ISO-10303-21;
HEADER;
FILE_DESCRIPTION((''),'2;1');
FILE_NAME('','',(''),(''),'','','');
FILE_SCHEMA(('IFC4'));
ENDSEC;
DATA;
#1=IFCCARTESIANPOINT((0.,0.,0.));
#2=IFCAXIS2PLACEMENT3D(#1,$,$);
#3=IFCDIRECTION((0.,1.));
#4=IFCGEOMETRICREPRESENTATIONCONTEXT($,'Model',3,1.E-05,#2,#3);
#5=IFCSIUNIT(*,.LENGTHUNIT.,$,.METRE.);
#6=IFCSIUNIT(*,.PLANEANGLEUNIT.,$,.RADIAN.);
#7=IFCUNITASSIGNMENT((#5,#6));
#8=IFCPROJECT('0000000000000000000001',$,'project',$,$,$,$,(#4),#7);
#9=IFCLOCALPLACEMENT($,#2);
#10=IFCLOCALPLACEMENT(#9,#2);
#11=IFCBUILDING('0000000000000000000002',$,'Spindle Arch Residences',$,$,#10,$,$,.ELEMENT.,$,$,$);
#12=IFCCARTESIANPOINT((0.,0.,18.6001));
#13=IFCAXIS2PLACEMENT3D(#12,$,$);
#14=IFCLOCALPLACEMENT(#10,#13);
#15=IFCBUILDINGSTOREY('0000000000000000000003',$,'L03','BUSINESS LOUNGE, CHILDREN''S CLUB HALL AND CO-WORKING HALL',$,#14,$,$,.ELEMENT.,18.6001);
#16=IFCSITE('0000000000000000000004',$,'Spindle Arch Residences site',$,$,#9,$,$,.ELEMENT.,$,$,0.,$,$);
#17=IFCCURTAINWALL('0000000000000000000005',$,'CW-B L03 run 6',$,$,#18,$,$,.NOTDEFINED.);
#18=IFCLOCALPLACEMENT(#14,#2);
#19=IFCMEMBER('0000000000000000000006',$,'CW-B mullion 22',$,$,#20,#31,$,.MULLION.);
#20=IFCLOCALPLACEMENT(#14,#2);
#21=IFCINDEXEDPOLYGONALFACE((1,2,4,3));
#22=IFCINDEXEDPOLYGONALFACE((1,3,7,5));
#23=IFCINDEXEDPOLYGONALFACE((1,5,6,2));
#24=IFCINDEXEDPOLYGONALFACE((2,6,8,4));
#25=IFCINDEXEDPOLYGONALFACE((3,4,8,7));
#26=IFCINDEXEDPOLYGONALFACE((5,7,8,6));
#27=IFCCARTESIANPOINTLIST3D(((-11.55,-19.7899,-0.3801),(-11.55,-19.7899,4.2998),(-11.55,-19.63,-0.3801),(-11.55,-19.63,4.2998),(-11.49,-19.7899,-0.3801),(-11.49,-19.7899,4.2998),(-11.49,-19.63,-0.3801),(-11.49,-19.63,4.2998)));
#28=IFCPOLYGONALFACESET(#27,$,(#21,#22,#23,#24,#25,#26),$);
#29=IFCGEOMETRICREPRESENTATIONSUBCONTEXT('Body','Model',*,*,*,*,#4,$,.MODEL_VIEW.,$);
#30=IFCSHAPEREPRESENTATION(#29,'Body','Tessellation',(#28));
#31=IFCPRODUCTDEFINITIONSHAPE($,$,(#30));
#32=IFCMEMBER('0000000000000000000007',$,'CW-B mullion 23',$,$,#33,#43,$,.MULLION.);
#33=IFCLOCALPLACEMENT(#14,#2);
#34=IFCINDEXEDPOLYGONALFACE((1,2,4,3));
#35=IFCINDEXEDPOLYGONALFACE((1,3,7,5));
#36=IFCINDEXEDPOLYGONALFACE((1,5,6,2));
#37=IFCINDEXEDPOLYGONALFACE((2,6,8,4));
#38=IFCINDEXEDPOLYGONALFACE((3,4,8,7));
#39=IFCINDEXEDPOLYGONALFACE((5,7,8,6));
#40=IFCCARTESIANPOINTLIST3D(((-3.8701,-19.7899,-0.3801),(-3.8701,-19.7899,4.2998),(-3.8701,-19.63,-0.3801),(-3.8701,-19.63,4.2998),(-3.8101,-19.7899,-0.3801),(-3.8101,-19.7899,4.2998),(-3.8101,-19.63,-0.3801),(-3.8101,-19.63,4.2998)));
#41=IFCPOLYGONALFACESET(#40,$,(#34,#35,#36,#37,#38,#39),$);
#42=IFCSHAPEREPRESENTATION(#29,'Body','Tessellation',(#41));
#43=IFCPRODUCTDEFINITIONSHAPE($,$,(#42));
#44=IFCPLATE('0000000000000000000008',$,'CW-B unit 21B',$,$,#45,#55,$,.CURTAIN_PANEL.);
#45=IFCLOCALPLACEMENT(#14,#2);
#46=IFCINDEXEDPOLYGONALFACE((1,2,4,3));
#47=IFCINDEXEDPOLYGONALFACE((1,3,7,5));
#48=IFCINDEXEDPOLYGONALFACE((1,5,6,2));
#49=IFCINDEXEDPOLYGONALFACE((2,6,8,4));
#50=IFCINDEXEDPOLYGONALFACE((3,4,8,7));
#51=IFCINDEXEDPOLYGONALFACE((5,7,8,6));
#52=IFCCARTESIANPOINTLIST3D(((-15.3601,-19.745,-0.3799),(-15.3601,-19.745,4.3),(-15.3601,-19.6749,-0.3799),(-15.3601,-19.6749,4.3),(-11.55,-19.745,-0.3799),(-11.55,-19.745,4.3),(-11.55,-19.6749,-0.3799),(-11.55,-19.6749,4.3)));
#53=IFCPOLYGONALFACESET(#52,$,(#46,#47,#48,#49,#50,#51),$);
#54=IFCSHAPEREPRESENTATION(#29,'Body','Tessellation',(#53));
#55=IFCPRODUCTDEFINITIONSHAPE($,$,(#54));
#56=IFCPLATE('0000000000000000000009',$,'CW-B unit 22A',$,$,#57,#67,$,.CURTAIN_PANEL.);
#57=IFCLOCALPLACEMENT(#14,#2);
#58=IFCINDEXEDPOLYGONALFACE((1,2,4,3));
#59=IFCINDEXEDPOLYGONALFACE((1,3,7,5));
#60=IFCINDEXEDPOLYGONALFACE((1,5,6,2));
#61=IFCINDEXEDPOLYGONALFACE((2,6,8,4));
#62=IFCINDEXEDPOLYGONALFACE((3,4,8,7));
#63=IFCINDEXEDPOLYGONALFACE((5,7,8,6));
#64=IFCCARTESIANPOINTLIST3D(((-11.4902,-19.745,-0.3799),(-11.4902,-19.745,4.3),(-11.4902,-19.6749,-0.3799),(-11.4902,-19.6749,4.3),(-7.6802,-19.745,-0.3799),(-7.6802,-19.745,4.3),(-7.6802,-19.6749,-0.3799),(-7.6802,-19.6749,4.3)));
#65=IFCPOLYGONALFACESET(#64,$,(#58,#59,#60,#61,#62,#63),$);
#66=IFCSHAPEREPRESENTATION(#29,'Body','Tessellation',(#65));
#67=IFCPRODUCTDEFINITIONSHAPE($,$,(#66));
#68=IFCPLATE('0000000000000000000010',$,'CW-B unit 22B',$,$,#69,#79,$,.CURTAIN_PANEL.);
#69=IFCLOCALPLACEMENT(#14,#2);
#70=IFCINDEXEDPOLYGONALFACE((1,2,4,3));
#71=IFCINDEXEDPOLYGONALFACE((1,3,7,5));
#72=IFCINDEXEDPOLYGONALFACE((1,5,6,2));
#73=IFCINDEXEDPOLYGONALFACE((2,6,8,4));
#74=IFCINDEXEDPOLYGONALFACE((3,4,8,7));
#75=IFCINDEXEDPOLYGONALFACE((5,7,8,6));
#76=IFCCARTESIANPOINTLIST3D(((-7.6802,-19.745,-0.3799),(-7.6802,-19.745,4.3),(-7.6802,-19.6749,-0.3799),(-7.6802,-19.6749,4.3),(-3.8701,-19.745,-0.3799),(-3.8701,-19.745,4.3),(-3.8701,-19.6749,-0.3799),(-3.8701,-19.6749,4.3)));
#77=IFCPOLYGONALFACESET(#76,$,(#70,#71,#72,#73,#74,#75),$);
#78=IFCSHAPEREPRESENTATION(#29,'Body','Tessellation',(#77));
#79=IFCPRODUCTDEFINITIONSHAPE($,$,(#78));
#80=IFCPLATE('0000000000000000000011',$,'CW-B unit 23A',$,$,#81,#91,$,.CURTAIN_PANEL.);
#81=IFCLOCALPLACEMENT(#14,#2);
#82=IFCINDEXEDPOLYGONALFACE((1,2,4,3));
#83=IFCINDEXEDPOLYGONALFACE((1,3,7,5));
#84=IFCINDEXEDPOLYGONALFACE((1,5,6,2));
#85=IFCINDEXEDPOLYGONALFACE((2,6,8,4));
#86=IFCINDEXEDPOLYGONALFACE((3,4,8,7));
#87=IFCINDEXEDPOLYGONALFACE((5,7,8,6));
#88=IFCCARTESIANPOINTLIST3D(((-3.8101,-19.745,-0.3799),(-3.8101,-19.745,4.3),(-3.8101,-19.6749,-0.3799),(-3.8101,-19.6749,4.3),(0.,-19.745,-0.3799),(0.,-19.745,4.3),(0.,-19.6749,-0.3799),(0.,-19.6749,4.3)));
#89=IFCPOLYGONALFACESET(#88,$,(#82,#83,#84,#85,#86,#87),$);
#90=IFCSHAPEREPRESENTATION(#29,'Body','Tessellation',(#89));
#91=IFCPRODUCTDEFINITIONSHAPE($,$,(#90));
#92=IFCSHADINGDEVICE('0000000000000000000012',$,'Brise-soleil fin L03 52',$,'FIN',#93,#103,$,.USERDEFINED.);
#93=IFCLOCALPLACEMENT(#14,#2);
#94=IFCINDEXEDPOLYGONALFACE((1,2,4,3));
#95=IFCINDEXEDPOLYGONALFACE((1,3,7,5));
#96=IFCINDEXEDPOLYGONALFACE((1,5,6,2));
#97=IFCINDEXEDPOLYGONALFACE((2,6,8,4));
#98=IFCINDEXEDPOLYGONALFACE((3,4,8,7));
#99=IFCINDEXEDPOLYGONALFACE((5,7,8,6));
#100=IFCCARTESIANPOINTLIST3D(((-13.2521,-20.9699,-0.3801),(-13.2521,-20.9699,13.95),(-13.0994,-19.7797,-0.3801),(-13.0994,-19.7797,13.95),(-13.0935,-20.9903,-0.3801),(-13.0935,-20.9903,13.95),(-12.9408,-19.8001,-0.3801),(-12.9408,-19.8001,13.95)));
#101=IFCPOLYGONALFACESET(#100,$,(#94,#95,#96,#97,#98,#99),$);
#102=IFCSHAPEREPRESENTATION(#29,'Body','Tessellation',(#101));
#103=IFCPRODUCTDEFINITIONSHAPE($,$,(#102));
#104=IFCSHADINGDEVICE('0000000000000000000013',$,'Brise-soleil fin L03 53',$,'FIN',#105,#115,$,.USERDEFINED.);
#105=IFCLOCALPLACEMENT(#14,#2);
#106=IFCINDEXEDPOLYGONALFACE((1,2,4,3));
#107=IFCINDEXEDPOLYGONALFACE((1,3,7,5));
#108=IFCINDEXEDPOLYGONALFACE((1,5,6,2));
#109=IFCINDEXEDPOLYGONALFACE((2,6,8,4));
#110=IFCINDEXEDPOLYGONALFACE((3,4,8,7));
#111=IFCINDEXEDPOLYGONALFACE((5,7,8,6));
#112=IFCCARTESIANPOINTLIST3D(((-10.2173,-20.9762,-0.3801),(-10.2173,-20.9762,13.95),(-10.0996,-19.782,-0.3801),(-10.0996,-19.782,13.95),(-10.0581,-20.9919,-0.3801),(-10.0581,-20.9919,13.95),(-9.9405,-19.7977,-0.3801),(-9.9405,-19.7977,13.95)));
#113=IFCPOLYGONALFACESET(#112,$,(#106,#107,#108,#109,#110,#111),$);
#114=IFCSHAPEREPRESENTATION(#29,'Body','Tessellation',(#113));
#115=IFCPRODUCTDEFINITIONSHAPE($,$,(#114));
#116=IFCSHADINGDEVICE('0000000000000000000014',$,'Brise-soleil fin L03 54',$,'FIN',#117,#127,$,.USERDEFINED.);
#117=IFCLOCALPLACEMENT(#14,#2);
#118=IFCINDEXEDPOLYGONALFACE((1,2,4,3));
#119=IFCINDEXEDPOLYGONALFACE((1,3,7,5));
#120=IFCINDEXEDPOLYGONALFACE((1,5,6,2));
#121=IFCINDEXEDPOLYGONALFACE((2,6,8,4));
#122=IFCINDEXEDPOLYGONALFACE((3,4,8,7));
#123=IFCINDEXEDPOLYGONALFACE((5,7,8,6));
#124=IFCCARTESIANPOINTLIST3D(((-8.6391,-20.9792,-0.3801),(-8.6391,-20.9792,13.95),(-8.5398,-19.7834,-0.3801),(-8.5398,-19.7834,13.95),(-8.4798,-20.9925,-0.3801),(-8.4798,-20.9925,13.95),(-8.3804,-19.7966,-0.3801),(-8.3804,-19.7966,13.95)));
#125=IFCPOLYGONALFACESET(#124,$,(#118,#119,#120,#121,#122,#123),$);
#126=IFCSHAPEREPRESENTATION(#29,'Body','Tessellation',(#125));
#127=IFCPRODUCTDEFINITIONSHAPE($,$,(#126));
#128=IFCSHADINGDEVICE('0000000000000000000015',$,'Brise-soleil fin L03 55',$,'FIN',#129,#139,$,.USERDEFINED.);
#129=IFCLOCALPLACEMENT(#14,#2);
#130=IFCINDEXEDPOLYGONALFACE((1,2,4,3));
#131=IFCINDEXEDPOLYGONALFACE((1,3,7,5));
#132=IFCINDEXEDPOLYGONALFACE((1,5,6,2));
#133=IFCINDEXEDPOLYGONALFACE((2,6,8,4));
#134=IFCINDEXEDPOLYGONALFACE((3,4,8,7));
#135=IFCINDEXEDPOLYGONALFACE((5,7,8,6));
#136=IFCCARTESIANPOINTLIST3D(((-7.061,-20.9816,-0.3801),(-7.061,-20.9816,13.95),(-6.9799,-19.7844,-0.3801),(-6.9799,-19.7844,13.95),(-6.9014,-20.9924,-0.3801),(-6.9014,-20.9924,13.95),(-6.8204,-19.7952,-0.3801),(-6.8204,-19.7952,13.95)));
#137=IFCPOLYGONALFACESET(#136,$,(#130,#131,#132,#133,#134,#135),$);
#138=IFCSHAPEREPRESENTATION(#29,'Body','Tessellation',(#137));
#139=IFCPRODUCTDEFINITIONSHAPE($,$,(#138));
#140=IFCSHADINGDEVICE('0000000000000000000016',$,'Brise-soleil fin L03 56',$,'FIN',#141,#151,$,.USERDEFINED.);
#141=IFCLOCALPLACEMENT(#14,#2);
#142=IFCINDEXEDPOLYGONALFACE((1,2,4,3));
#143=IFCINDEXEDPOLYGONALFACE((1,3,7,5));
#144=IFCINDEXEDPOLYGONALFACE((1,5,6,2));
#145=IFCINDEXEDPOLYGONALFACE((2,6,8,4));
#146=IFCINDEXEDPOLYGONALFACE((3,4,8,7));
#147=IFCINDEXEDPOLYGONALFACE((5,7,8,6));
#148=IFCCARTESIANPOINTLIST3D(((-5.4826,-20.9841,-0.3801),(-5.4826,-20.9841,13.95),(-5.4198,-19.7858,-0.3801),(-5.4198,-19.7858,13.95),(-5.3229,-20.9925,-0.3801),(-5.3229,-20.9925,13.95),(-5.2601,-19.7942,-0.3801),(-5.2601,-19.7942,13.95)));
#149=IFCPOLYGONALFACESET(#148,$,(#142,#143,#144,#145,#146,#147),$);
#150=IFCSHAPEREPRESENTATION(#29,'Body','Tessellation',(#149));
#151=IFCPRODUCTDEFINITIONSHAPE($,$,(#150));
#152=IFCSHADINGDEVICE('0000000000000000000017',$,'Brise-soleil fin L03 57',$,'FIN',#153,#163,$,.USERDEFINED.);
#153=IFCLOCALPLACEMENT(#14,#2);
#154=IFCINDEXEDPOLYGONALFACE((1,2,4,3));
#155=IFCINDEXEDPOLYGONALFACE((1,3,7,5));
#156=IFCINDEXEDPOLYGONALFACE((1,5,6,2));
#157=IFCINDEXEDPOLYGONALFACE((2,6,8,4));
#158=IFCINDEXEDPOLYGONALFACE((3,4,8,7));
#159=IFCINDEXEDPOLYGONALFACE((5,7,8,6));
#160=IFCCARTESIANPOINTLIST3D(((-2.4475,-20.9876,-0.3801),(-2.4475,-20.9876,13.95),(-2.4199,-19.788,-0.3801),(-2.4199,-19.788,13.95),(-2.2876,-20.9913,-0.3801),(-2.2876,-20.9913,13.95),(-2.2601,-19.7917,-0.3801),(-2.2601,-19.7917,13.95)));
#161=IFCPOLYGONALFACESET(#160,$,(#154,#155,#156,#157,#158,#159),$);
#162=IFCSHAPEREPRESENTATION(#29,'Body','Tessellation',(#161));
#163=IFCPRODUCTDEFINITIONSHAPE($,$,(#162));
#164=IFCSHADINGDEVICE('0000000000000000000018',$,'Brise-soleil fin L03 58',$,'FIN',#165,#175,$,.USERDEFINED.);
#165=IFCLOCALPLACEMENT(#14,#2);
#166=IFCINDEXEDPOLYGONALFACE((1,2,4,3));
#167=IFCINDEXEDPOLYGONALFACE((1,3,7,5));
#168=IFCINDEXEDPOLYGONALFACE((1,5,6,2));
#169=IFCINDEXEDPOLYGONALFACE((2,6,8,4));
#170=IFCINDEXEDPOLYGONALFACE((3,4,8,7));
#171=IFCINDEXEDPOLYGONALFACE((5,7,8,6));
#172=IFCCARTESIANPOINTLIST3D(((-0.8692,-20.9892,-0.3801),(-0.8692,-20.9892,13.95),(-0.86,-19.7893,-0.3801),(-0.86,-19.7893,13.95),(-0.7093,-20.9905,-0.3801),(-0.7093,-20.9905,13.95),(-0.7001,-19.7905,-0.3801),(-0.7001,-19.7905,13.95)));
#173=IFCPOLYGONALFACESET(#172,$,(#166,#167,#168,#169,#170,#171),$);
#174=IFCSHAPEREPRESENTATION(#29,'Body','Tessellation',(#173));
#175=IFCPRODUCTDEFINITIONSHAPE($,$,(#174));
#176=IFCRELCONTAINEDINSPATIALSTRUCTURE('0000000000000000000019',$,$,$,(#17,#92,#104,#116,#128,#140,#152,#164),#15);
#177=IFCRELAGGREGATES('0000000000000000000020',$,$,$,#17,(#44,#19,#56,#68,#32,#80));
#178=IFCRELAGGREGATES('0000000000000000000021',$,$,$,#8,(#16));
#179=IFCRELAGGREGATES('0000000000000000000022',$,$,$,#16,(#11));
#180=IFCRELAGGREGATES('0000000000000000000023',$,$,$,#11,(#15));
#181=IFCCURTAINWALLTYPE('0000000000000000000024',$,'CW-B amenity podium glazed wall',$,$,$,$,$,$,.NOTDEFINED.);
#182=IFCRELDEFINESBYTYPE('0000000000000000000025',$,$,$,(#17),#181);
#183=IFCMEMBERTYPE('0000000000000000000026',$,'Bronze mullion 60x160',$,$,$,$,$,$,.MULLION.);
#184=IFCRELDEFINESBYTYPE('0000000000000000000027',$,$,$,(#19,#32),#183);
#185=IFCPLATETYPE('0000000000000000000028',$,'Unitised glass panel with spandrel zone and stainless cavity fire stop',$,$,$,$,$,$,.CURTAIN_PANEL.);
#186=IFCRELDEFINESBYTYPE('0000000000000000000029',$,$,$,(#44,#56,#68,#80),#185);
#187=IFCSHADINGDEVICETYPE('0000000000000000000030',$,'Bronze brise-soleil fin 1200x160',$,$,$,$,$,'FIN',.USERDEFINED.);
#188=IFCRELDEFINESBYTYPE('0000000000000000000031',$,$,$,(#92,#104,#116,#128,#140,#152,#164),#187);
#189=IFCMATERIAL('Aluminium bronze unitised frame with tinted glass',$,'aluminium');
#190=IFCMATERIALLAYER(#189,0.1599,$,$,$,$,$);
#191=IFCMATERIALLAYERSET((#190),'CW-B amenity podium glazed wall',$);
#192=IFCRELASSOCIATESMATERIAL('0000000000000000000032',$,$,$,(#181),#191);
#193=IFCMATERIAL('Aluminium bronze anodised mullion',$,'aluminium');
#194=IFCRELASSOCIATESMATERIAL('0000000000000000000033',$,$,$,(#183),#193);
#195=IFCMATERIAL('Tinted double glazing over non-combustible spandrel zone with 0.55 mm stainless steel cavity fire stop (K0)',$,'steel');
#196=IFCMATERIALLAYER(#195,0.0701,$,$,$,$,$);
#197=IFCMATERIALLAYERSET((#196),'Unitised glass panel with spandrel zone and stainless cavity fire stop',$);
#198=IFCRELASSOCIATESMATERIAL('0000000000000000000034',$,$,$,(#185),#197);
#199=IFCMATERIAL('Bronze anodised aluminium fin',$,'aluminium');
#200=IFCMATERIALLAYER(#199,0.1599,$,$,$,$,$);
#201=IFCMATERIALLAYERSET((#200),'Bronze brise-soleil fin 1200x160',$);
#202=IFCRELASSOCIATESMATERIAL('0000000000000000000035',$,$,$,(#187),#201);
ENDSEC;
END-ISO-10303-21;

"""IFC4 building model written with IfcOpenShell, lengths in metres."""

from ifc_helpers import new_model, si_unit, direction, frame, origin, origin_2d, place, context, subcontext, project, spatial, rectangle, extrude, material, layer, layer_set, material_profile, profile_set, type_object, element, aggregate, save


model = new_model("IFC4")

# Units and contexts
model_context = context("Model", 3, precision=1e-05, world=origin(), true_north=direction((0.0, 1.0)))
body_context = subcontext(model_context, "Body", "Model", "MODEL_VIEW")
ifc_project = project(units=[si_unit("LENGTHUNIT", "METRE"), si_unit("PLANEANGLEUNIT", "RADIAN")], contexts=[model_context])

# Site, building, storey
site_placement = place(None, origin())
site = spatial("IfcSite", under=ifc_project, at=site_placement, Name="Spindle Arch Residences site", CompositionType="ELEMENT", RefElevation=0.0)
building_placement = place(site_placement, origin())
building = spatial("IfcBuilding", under=site, at=building_placement, Name="Spindle Arch Residences", CompositionType="ELEMENT")
storey_placement = place(building_placement, frame((0.0, 0.0, 18.6001)))
storey = spatial("IfcBuildingStorey", under=building, at=storey_placement, Name="L03", Description="BUSINESS LOUNGE, CHILDREN'S CLUB HALL AND CO-WORKING HALL", CompositionType="ELEMENT", Elevation=18.6001)

# Curtain wall, members, plates
ifc_material_1 = material(Name="Aluminium bronze unitised frame with tinted glass", Category="aluminium")
ifc_layer_1 = layer(ifc_material_1, 0.1599)
ifc_layer_set_1 = layer_set([ifc_layer_1], Name="CW-B amenity podium glazed wall")
curtain_wall_type = type_object("IfcCurtainWallType", Name="CW-B amenity podium glazed wall", PredefinedType="NOTDEFINED", material=ifc_layer_set_1)
curtain_wall_placement = place(storey_placement, origin())
curtain_wall = element("IfcCurtainWall", 1, at=curtain_wall_placement, inside=storey, type_object=curtain_wall_type, Name="CW-B L03 run 6", PredefinedType="NOTDEFINED")
ifc_material_2 = material(Name="Aluminium bronze anodised mullion", Category="aluminium")
ifc_material_profile_1 = material_profile(ifc_material_2, rectangle(XDim=0.1599, YDim=0.0601, at=origin_2d()), Name="MU 60x160")
ifc_profile_set_1 = profile_set([ifc_material_profile_1], Name="Aluminium bronze anodised mullion")
member_type_1 = type_object("IfcMemberType", Name="Bronze mullion 60x160", PredefinedType="MULLION", material=ifc_profile_set_1)
member_1_placement = place(storey_placement, frame((-11.52, -19.71, -0.3801), z_axis=(0.0, 0.0, 1.0), x_axis=(0.0, 1.0, 0.0)))
member_1 = element("IfcMember", 2, at=member_1_placement, type_object=member_type_1, Name="CW-B mullion 22", PredefinedType="MULLION", context=body_context, shape_type="SweptSolid", body=[
    extrude(rectangle(XDim=0.1599, YDim=0.0601, at=origin_2d()), origin(), (0.0, 0.0, 1.0), 4.6799),
])
member_2_placement = place(storey_placement, frame((-3.8401, -19.71, -0.3801), z_axis=(0.0, 0.0, 1.0), x_axis=(0.0, 1.0, 0.0)))
member_2 = element("IfcMember", 3, at=member_2_placement, type_object=member_type_1, Name="CW-B mullion 23", PredefinedType="MULLION", context=body_context, shape_type="SweptSolid", body=[
    extrude(rectangle(XDim=0.1599, YDim=0.0601, at=origin_2d()), origin(), (0.0, 0.0, 1.0), 4.6799),
])
ifc_material_3 = material(Name="Tinted double glazing over non-combustible spandrel zone with 0.55 mm stainless steel cavity fire stop (K0)", Category="steel")
ifc_layer_2 = layer(ifc_material_3, 0.0701)
ifc_layer_set_2 = layer_set([ifc_layer_2], Name="Unitised glass panel with spandrel zone and stainless cavity fire stop")
plate_type = type_object("IfcPlateType", Name="Unitised glass panel with spandrel zone and stainless cavity fire stop", PredefinedType="CURTAIN_PANEL", material=ifc_layer_set_2)
plate_1_placement = place(storey_placement, frame((-13.4551, -19.71, -0.3799), z_axis=(0.0, 0.0, 1.0), x_axis=(1.0, 0.0, 0.0)))
plate_1 = element("IfcPlate", 4, at=plate_1_placement, type_object=plate_type, Name="CW-B unit 21B", PredefinedType="CURTAIN_PANEL", context=body_context, shape_type="SweptSolid", body=[
    extrude(rectangle(XDim=3.8101, YDim=0.0701, at=origin_2d()), origin(), (0.0, 0.0, 1.0), 4.6799),
])
plate_2_placement = place(storey_placement, frame((-9.5852, -19.71, -0.3799), z_axis=(0.0, 0.0, 1.0), x_axis=(1.0, 0.0, 0.0)))
plate_2 = element("IfcPlate", 5, at=plate_2_placement, type_object=plate_type, Name="CW-B unit 22A", PredefinedType="CURTAIN_PANEL", context=body_context, shape_type="SweptSolid", body=[
    extrude(rectangle(XDim=3.8101, YDim=0.0701, at=origin_2d()), origin(), (0.0, 0.0, 1.0), 4.6799),
])
plate_3_placement = place(storey_placement, frame((-5.7751, -19.71, -0.3799), z_axis=(0.0, 0.0, 1.0), x_axis=(1.0, 0.0, 0.0)))
plate_3 = element("IfcPlate", 6, at=plate_3_placement, type_object=plate_type, Name="CW-B unit 22B", PredefinedType="CURTAIN_PANEL", context=body_context, shape_type="SweptSolid", body=[
    extrude(rectangle(XDim=3.8101, YDim=0.0701, at=origin_2d()), origin(), (0.0, 0.0, 1.0), 4.6799),
])
plate_4_placement = place(storey_placement, frame((-1.905, -19.71, -0.3799), z_axis=(0.0, 0.0, 1.0), x_axis=(1.0, 0.0, 0.0)))
plate_4 = element("IfcPlate", 7, at=plate_4_placement, type_object=plate_type, Name="CW-B unit 23A", PredefinedType="CURTAIN_PANEL", context=body_context, shape_type="SweptSolid", body=[
    extrude(rectangle(XDim=3.8101, YDim=0.0701, at=origin_2d()), origin(), (0.0, 0.0, 1.0), 4.6799),
])
aggregate(curtain_wall, [plate_1, member_1, plate_2, plate_3, member_2, plate_4])

# Shading devices
ifc_material_4 = material(Name="Bronze anodised aluminium fin", Category="aluminium")
ifc_layer_3 = layer(ifc_material_4, 0.1599)
ifc_layer_set_3 = layer_set([ifc_layer_3], Name="Bronze brise-soleil fin 1200x160")
shading_device_type = type_object("IfcShadingDeviceType", Name="Bronze brise-soleil fin 1200x160", ElementType="FIN", PredefinedType="USERDEFINED", material=ifc_layer_set_3)
for number, where, z_axis, x_axis, name in (
    (8, (-13.0964, -20.385, -0.3801), (0.0, 0.0, 1.0), (-0.127265, -0.991869, 0.0), "Brise-soleil fin L03 52"),
    (9, (-10.0789, -20.387, -0.3801), (0.0, 0.0, 1.0), (-0.09805, -0.995181, 0.0), "Brise-soleil fin L03 53"),
    (10, (-8.5098, -20.3879, -0.3801), (0.0, 0.0, 1.0), (-0.082823, -0.996564, 0.0), "Brise-soleil fin L03 54"),
    (11, (-6.9407, -20.3884, -0.3801), (0.0, 0.0, 1.0), (-0.067576, -0.997714, 0.0), "Brise-soleil fin L03 55"),
    (12, (-5.3713, -20.3892, -0.3801), (0.0, 0.0, 1.0), (-0.052314, -0.998631, 0.0), "Brise-soleil fin L03 56"),
    (13, (-2.3538, -20.3896, -0.3801), (0.0, 0.0, 1.0), (-0.022933, -0.999737, 0.0), "Brise-soleil fin L03 57"),
    (14, (-0.7847, -20.3899, -0.3801), (0.0, 0.0, 1.0), (-0.007645, -0.999971, 0.0), "Brise-soleil fin L03 58"),
):
    element("IfcShadingDevice", number, at=place(storey_placement, frame(where, z_axis=z_axis, x_axis=x_axis)), inside=storey, type_object=shading_device_type, Name=name, ObjectType="FIN", PredefinedType="USERDEFINED", context=body_context, shape_type="SweptSolid", body=[
        extrude(rectangle(XDim=1.2, YDim=0.1599, at=origin_2d()), origin(), (0.0, 0.0, 1.0), 14.3301),
    ])

save(model, "model.ifc")
